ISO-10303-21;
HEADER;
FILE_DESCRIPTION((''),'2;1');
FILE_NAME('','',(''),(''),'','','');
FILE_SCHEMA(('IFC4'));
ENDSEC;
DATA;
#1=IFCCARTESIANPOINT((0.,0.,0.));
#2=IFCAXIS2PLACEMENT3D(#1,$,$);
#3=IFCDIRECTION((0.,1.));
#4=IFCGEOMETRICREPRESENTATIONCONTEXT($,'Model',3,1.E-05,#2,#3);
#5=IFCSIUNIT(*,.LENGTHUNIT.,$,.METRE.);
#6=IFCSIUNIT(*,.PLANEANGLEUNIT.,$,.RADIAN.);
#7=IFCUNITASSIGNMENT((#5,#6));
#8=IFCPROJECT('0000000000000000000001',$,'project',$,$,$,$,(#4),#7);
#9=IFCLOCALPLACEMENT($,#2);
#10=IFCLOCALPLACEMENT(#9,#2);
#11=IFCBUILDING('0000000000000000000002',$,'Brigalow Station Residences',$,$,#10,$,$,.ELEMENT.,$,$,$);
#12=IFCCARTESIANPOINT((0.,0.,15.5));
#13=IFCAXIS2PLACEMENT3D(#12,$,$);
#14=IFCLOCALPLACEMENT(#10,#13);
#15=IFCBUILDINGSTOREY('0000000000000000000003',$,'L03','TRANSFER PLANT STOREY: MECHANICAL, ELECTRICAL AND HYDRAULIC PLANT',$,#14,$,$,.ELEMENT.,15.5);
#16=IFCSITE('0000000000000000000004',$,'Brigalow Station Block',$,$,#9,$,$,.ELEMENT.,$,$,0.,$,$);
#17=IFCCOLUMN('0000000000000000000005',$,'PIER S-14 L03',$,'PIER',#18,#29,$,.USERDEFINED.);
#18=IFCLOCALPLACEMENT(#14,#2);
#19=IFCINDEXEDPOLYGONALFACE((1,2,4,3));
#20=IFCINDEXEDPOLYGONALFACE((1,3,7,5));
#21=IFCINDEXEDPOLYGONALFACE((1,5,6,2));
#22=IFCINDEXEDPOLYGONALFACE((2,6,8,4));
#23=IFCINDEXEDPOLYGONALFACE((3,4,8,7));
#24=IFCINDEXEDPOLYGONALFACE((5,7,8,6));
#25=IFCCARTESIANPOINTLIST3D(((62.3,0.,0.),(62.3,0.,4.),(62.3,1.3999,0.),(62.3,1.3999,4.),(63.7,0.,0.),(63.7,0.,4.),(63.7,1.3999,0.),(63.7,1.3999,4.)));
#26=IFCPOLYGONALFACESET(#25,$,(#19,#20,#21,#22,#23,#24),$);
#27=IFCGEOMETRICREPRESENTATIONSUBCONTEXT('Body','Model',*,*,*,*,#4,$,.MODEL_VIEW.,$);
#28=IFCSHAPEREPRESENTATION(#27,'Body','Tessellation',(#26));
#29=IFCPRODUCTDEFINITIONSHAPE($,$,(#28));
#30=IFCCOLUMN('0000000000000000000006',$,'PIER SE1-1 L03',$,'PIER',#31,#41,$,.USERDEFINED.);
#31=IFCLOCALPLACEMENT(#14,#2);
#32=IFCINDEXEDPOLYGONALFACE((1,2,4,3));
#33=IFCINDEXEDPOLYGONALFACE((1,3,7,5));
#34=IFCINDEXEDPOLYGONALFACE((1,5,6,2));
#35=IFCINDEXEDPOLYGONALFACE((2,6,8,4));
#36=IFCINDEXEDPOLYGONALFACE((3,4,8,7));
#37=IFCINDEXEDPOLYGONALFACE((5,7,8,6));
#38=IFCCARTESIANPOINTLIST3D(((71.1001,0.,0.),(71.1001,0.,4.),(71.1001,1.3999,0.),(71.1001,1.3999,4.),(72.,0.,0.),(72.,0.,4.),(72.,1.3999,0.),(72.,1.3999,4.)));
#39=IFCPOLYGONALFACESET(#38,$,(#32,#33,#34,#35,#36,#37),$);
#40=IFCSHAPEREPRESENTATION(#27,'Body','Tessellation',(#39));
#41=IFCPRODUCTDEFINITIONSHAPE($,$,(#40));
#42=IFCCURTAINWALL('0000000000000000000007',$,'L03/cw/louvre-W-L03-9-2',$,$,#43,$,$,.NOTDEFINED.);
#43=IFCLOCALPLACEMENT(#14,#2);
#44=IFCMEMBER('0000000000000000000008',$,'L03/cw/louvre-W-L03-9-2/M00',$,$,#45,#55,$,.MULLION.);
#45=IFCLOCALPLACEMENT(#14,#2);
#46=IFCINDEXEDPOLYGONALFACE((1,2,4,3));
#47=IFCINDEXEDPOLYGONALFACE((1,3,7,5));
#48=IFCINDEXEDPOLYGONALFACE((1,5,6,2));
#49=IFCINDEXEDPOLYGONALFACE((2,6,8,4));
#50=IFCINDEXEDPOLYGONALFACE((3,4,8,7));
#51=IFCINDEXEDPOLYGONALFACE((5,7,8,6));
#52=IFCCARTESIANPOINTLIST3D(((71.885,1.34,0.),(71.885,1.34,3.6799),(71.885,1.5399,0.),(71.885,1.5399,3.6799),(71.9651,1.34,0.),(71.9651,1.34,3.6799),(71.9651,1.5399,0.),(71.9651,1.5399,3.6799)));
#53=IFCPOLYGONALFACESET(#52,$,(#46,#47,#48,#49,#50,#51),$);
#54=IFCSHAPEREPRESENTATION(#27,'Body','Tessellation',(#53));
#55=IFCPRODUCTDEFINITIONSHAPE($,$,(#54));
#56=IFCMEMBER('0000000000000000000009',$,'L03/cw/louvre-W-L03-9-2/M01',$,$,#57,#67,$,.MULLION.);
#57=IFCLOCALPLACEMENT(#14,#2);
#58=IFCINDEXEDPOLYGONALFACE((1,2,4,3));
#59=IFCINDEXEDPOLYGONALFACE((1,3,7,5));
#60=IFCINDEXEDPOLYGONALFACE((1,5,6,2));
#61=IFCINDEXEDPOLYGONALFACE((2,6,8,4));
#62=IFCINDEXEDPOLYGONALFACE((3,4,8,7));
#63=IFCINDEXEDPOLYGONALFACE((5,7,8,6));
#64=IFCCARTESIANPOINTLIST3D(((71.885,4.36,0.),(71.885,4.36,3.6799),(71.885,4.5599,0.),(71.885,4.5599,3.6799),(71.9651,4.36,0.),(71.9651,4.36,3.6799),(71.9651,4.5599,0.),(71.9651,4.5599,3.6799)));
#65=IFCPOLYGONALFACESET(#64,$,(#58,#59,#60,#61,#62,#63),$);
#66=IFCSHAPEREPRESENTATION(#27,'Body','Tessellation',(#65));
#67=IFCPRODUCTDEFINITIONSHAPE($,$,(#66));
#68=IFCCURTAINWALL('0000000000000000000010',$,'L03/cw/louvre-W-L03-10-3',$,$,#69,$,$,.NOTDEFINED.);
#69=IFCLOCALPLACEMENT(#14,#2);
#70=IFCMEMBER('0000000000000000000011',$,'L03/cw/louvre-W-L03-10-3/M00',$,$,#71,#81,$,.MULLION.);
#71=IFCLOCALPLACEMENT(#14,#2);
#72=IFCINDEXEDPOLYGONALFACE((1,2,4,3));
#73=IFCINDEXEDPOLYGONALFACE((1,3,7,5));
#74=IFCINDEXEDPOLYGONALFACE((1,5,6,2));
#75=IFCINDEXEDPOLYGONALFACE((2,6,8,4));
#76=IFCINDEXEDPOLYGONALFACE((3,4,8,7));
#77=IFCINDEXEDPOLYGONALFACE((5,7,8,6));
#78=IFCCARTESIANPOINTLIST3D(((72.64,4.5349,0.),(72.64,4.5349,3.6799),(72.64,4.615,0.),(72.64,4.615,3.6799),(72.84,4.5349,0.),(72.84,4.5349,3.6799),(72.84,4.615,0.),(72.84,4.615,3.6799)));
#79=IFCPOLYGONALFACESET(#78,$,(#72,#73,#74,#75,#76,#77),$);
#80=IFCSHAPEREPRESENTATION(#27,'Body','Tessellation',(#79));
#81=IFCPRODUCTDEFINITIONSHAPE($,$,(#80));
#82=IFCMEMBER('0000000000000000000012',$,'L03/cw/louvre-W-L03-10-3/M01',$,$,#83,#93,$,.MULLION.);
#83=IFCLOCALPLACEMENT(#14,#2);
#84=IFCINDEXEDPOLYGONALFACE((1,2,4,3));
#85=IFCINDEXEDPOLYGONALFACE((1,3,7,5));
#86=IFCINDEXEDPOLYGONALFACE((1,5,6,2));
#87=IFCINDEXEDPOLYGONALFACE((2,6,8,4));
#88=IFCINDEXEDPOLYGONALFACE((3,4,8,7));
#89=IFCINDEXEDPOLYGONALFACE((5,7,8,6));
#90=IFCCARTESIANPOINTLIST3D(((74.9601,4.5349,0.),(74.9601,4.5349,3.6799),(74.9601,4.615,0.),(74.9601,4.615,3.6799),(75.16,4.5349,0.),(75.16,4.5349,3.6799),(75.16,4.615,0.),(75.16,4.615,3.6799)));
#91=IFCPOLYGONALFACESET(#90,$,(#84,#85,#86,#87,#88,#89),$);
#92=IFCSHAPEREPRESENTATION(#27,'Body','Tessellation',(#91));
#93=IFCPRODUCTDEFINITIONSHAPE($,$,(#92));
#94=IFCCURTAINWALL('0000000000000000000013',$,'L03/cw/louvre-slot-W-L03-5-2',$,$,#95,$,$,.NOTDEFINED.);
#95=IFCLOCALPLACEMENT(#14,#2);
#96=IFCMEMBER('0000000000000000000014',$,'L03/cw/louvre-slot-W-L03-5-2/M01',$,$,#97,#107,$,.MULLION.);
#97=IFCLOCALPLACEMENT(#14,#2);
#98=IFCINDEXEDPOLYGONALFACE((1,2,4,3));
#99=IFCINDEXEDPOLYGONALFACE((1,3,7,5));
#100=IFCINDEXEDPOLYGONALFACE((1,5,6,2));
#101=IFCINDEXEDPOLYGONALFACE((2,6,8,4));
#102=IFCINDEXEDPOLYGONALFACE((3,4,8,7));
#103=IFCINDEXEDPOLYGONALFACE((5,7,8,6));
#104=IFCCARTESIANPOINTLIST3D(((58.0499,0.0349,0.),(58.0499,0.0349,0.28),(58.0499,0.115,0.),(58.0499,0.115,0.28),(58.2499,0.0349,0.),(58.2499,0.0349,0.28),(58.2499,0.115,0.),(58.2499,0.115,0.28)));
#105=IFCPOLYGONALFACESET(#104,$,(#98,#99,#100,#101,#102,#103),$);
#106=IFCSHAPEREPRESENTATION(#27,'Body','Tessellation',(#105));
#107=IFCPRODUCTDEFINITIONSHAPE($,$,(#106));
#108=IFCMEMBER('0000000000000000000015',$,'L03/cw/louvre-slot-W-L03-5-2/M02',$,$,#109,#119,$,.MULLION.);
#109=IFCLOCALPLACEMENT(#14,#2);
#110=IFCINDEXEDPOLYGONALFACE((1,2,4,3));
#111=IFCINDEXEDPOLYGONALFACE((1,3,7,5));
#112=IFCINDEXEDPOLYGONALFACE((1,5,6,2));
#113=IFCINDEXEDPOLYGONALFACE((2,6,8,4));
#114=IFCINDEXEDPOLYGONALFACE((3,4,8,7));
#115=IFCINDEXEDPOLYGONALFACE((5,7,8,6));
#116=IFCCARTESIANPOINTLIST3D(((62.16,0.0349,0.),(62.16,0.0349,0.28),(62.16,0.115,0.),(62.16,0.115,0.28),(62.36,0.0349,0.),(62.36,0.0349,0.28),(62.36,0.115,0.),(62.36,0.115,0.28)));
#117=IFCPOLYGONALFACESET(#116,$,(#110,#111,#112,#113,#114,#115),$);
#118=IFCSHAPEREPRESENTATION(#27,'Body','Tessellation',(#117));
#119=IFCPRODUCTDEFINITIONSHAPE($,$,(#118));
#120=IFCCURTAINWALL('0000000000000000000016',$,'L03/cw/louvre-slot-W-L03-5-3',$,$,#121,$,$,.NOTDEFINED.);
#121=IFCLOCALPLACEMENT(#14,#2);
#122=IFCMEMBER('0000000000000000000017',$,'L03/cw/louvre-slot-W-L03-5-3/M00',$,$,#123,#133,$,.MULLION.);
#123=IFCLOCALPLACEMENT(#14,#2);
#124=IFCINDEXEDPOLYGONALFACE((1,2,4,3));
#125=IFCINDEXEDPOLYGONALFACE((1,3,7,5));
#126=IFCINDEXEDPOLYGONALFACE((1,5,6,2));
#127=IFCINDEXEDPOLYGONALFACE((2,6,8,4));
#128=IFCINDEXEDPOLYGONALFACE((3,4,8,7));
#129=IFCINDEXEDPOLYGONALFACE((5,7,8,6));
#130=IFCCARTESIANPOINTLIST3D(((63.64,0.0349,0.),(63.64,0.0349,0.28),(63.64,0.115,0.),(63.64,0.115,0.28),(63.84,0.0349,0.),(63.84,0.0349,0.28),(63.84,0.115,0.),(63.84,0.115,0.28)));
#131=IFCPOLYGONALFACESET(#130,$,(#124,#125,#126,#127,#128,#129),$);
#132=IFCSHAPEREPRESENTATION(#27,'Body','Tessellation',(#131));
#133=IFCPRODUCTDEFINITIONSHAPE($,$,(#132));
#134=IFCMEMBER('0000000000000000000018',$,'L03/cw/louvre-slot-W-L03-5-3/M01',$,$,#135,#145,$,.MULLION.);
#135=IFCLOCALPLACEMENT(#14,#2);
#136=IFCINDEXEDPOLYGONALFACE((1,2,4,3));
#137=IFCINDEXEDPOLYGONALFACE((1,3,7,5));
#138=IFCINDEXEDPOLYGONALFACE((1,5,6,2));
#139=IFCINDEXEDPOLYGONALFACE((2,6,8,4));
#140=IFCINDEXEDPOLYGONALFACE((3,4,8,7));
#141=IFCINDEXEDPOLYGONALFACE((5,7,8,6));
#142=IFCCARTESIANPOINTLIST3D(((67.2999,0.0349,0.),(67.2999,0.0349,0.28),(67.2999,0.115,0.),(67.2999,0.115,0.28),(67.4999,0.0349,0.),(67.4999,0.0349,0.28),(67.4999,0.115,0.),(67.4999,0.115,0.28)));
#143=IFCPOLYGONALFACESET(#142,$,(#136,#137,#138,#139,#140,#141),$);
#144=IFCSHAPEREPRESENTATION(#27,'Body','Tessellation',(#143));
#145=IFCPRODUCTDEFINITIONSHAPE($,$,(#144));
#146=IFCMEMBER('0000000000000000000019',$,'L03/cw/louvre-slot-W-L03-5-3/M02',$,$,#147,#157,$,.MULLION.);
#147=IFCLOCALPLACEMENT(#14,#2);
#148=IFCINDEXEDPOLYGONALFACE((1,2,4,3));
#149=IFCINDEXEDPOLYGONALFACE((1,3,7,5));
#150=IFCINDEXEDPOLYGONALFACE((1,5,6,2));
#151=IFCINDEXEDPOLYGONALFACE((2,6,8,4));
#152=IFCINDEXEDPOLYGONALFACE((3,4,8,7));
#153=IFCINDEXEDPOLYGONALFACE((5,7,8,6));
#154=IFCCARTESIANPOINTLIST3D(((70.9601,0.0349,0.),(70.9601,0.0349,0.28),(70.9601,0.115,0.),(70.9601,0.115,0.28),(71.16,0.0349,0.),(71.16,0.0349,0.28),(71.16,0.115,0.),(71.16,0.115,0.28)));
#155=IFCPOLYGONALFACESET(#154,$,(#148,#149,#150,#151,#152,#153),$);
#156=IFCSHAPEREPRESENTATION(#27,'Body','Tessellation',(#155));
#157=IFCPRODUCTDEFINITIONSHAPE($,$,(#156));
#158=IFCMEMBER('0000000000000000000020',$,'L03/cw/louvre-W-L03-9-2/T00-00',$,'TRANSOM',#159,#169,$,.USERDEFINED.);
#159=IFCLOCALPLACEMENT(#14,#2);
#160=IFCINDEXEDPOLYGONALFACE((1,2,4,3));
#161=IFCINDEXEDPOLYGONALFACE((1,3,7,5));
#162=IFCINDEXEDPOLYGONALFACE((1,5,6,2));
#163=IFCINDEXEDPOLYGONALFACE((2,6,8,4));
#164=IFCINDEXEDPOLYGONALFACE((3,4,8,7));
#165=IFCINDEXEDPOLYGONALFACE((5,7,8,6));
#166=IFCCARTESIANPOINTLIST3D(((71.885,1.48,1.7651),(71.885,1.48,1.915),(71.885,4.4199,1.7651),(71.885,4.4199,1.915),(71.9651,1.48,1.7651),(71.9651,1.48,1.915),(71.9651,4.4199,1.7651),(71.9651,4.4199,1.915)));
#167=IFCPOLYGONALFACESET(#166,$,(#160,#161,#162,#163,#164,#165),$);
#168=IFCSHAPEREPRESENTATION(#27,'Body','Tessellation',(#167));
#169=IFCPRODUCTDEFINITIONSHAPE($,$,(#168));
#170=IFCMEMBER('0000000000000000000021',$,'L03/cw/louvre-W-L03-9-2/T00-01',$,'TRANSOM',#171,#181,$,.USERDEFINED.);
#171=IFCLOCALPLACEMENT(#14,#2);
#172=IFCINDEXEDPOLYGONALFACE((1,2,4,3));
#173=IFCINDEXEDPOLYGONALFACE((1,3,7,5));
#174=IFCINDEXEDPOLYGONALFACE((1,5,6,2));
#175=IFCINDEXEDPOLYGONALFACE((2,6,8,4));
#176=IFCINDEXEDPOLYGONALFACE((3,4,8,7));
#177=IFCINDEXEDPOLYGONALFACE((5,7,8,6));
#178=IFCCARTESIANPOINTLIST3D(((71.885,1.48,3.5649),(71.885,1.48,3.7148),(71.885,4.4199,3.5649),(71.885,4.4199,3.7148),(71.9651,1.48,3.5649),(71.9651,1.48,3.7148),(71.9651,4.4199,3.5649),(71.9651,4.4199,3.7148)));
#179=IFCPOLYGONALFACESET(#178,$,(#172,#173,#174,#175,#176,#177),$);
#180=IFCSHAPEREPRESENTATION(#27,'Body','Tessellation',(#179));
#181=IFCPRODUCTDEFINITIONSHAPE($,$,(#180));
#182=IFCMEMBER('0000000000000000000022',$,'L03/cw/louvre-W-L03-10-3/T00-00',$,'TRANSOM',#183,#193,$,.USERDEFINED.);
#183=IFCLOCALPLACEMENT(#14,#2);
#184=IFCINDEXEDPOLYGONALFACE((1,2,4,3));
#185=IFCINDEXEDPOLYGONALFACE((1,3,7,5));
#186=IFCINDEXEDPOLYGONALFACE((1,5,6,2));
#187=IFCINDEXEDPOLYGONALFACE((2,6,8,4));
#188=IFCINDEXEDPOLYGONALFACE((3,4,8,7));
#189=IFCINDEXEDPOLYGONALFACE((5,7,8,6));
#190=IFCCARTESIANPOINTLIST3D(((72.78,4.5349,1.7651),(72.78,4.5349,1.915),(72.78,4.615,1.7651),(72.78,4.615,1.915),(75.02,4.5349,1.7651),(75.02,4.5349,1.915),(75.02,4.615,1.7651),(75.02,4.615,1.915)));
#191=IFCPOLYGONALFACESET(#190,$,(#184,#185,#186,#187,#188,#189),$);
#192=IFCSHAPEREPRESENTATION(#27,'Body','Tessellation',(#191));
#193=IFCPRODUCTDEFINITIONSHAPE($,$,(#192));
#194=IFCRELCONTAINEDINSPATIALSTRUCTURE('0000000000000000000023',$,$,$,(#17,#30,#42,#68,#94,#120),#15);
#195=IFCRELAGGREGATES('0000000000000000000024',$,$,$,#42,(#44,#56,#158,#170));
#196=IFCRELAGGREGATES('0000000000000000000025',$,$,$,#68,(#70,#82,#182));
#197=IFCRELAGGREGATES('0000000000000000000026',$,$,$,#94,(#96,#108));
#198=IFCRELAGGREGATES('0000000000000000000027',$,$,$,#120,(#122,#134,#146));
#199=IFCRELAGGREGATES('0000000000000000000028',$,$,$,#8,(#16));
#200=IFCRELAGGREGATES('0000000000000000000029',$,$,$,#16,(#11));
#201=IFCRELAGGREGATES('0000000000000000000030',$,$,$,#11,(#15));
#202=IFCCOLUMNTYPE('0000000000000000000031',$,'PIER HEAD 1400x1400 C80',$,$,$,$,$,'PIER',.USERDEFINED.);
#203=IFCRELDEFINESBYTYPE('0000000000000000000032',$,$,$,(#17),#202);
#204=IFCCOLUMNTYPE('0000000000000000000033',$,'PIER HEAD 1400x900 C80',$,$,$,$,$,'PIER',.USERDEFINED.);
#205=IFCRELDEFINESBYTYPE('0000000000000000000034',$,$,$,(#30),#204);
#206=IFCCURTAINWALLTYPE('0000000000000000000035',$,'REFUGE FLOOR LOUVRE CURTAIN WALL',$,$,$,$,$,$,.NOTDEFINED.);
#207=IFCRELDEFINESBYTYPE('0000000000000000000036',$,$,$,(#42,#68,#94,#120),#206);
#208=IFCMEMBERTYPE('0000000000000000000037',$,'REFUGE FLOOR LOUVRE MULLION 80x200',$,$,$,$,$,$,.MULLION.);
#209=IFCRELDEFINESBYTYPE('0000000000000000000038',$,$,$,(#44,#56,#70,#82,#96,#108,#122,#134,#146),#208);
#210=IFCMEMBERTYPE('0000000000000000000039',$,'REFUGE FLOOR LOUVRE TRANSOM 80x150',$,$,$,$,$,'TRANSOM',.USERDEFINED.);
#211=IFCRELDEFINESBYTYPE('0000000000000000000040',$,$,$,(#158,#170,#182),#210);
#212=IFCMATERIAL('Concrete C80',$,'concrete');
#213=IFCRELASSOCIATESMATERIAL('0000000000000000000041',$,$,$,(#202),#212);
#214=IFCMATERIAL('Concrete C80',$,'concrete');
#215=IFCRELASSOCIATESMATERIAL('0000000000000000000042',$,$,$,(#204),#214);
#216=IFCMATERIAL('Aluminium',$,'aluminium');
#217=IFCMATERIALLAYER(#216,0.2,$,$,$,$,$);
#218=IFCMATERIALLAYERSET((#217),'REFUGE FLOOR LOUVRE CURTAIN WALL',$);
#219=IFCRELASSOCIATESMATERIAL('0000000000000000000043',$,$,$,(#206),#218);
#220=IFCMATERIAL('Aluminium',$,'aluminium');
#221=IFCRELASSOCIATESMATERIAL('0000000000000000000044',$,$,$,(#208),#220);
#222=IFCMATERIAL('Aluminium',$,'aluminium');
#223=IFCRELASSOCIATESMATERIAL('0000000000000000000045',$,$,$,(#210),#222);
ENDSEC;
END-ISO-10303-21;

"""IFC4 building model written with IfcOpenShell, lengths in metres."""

from ifc_helpers import new_model, si_unit, direction, frame, origin, origin_2d, place, context, subcontext, project, spatial, rectangle, extrude, material, layer, layer_set, material_profile, profile_set, type_object, element, aggregate, save


model = new_model("IFC4")

# Units and contexts
model_context = context("Model", 3, precision=1e-05, world=origin(), true_north=direction((0.0, 1.0)))
body_context = subcontext(model_context, "Body", "Model", "MODEL_VIEW")
ifc_project = project(units=[si_unit("LENGTHUNIT", "METRE"), si_unit("PLANEANGLEUNIT", "RADIAN")], contexts=[model_context])

# Site, building, storey
site_placement = place(None, origin())
site = spatial("IfcSite", under=ifc_project, at=site_placement, Name="Brigalow Station Block", CompositionType="ELEMENT", RefElevation=0.0)
building_placement = place(site_placement, origin())
building = spatial("IfcBuilding", under=site, at=building_placement, Name="Brigalow Station Residences", CompositionType="ELEMENT")
storey_placement = place(building_placement, frame((0.0, 0.0, 15.5)))
storey = spatial("IfcBuildingStorey", under=building, at=storey_placement, Name="L03", Description="TRANSFER PLANT STOREY: MECHANICAL, ELECTRICAL AND HYDRAULIC PLANT", CompositionType="ELEMENT", Elevation=15.5)

# Columns
ifc_material_1 = material(Name="Concrete C80", Category="concrete")
ifc_material_profile_1 = material_profile(ifc_material_1, rectangle(XDim=1.3999, YDim=1.3999, at=origin_2d()), Name="RC1400x1400")
ifc_profile_set_1 = profile_set([ifc_material_profile_1], Name="Concrete C80")
column_type_1 = type_object("IfcColumnType", Name="PIER HEAD 1400x1400 C80", ElementType="PIER", PredefinedType="USERDEFINED", material=ifc_profile_set_1)
column_1_placement = place(storey_placement, frame((63.0, 0.7, 0.0), z_axis=(0.0, 0.0, 1.0), x_axis=(1.0, 0.0, 0.0)))
element("IfcColumn", 1, at=column_1_placement, inside=storey, type_object=column_type_1, Name="PIER S-14 L03", ObjectType="PIER", PredefinedType="USERDEFINED", context=body_context, shape_type="SweptSolid", body=[
    extrude(rectangle(XDim=1.3999, YDim=1.3999, at=origin_2d()), origin(), (0.0, 0.0, 1.0), 4.0),
])
ifc_material_2 = material(Name="Concrete C80", Category="concrete")
ifc_material_profile_2 = material_profile(ifc_material_2, rectangle(XDim=1.3999, YDim=0.8999, at=origin_2d()), Name="RC1400x900")
ifc_profile_set_2 = profile_set([ifc_material_profile_2], Name="Concrete C80")
column_type_2 = type_object("IfcColumnType", Name="PIER HEAD 1400x900 C80", ElementType="PIER", PredefinedType="USERDEFINED", material=ifc_profile_set_2)
column_2_placement = place(storey_placement, frame((71.55, 0.7, 0.0), z_axis=(0.0, 0.0, 1.0), x_axis=(0.0, 1.0, 0.0)))
element("IfcColumn", 2, at=column_2_placement, inside=storey, type_object=column_type_2, Name="PIER SE1-1 L03", ObjectType="PIER", PredefinedType="USERDEFINED", context=body_context, shape_type="SweptSolid", body=[
    extrude(rectangle(XDim=1.3999, YDim=0.8999, at=origin_2d()), origin(), (0.0, 0.0, 1.0), 4.0),
])

# Curtain walls, members
ifc_material_3 = material(Name="Aluminium", Category="aluminium")
ifc_layer_1 = layer(ifc_material_3, 0.2)
ifc_layer_set_1 = layer_set([ifc_layer_1], Name="REFUGE FLOOR LOUVRE CURTAIN WALL")
curtain_wall_type = type_object("IfcCurtainWallType", Name="REFUGE FLOOR LOUVRE CURTAIN WALL", PredefinedType="NOTDEFINED", material=ifc_layer_set_1)
curtain_wall_1_placement = place(storey_placement, origin())
curtain_wall_1 = element("IfcCurtainWall", 3, at=curtain_wall_1_placement, inside=storey, type_object=curtain_wall_type, Name="L03/cw/louvre-W-L03-9-2", PredefinedType="NOTDEFINED")
ifc_material_4 = material(Name="Aluminium", Category="aluminium")
ifc_material_profile_3 = material_profile(ifc_material_4, rectangle(XDim=0.0801, YDim=0.2, at=origin_2d()), Name="REFUGE FLOOR LOUVRE MULLION 80x200")
ifc_profile_set_3 = profile_set([ifc_material_profile_3], Name="Aluminium")
member_type_1 = type_object("IfcMemberType", Name="REFUGE FLOOR LOUVRE MULLION 80x200", PredefinedType="MULLION", material=ifc_profile_set_3)
member_1_placement = place(storey_placement, frame((71.925, 1.4399, 0.0), z_axis=(0.0, 0.0, 1.0), x_axis=(-1.0, 0.0, 0.0)))
member_1 = element("IfcMember", 4, at=member_1_placement, type_object=member_type_1, Name="L03/cw/louvre-W-L03-9-2/M00", PredefinedType="MULLION", context=body_context, shape_type="SweptSolid", body=[
    extrude(rectangle(XDim=0.0801, YDim=0.2, at=origin_2d()), origin(), (0.0, 0.0, 1.0), 3.6799),
])
member_2_placement = place(storey_placement, frame((71.925, 4.46, 0.0), z_axis=(0.0, 0.0, 1.0), x_axis=(-1.0, 0.0, 0.0)))
member_2 = element("IfcMember", 5, at=member_2_placement, type_object=member_type_1, Name="L03/cw/louvre-W-L03-9-2/M01", PredefinedType="MULLION", context=body_context, shape_type="SweptSolid", body=[
    extrude(rectangle(XDim=0.0801, YDim=0.2, at=origin_2d()), origin(), (0.0, 0.0, 1.0), 3.6799),
])
curtain_wall_2_placement = place(storey_placement, origin())
curtain_wall_2 = element("IfcCurtainWall", 6, at=curtain_wall_2_placement, inside=storey, type_object=curtain_wall_type, Name="L03/cw/louvre-W-L03-10-3", PredefinedType="NOTDEFINED")
member_3_placement = place(storey_placement, frame((72.74, 4.575, 0.0), z_axis=(0.0, 0.0, 1.0), x_axis=(0.0, 1.0, 0.0)))
member_3 = element("IfcMember", 7, at=member_3_placement, type_object=member_type_1, Name="L03/cw/louvre-W-L03-10-3/M00", PredefinedType="MULLION", context=body_context, shape_type="SweptSolid", body=[
    extrude(rectangle(XDim=0.0801, YDim=0.2, at=origin_2d()), origin(), (0.0, 0.0, 1.0), 3.6799),
])
member_4_placement = place(storey_placement, frame((75.0601, 4.575, 0.0), z_axis=(0.0, 0.0, 1.0), x_axis=(0.0, 1.0, 0.0)))
member_4 = element("IfcMember", 8, at=member_4_placement, type_object=member_type_1, Name="L03/cw/louvre-W-L03-10-3/M01", PredefinedType="MULLION", context=body_context, shape_type="SweptSolid", body=[
    extrude(rectangle(XDim=0.0801, YDim=0.2, at=origin_2d()), origin(), (0.0, 0.0, 1.0), 3.6799),
])
curtain_wall_3_placement = place(storey_placement, origin())
curtain_wall_3 = element("IfcCurtainWall", 9, at=curtain_wall_3_placement, inside=storey, type_object=curtain_wall_type, Name="L03/cw/louvre-slot-W-L03-5-2", PredefinedType="NOTDEFINED")
member_5_placement = place(storey_placement, frame((58.1499, 0.075, 0.0), z_axis=(0.0, 0.0, 1.0), x_axis=(0.0, 1.0, 0.0)))
member_5 = element("IfcMember", 10, at=member_5_placement, type_object=member_type_1, Name="L03/cw/louvre-slot-W-L03-5-2/M01", PredefinedType="MULLION", context=body_context, shape_type="SweptSolid", body=[
    extrude(rectangle(XDim=0.0801, YDim=0.2, at=origin_2d()), origin(), (0.0, 0.0, 1.0), 0.28),
])
member_6_placement = place(storey_placement, frame((62.26, 0.075, 0.0), z_axis=(0.0, 0.0, 1.0), x_axis=(0.0, 1.0, 0.0)))
member_6 = element("IfcMember", 11, at=member_6_placement, type_object=member_type_1, Name="L03/cw/louvre-slot-W-L03-5-2/M02", PredefinedType="MULLION", context=body_context, shape_type="SweptSolid", body=[
    extrude(rectangle(XDim=0.0801, YDim=0.2, at=origin_2d()), origin(), (0.0, 0.0, 1.0), 0.28),
])
curtain_wall_4_placement = place(storey_placement, origin())
curtain_wall_4 = element("IfcCurtainWall", 12, at=curtain_wall_4_placement, inside=storey, type_object=curtain_wall_type, Name="L03/cw/louvre-slot-W-L03-5-3", PredefinedType="NOTDEFINED")
member_7_placement = place(storey_placement, frame((63.74, 0.075, 0.0), z_axis=(0.0, 0.0, 1.0), x_axis=(0.0, 1.0, 0.0)))
member_7 = element("IfcMember", 13, at=member_7_placement, type_object=member_type_1, Name="L03/cw/louvre-slot-W-L03-5-3/M00", PredefinedType="MULLION", context=body_context, shape_type="SweptSolid", body=[
    extrude(rectangle(XDim=0.0801, YDim=0.2, at=origin_2d()), origin(), (0.0, 0.0, 1.0), 0.28),
])
member_8_placement = place(storey_placement, frame((67.3999, 0.075, 0.0), z_axis=(0.0, 0.0, 1.0), x_axis=(0.0, 1.0, 0.0)))
member_8 = element("IfcMember", 14, at=member_8_placement, type_object=member_type_1, Name="L03/cw/louvre-slot-W-L03-5-3/M01", PredefinedType="MULLION", context=body_context, shape_type="SweptSolid", body=[
    extrude(rectangle(XDim=0.0801, YDim=0.2, at=origin_2d()), origin(), (0.0, 0.0, 1.0), 0.28),
])
member_9_placement = place(storey_placement, frame((71.0601, 0.075, 0.0), z_axis=(0.0, 0.0, 1.0), x_axis=(0.0, 1.0, 0.0)))
member_9 = element("IfcMember", 15, at=member_9_placement, type_object=member_type_1, Name="L03/cw/louvre-slot-W-L03-5-3/M02", PredefinedType="MULLION", context=body_context, shape_type="SweptSolid", body=[
    extrude(rectangle(XDim=0.0801, YDim=0.2, at=origin_2d()), origin(), (0.0, 0.0, 1.0), 0.28),
])

# Members
ifc_material_5 = material(Name="Aluminium", Category="aluminium")
ifc_material_profile_4 = material_profile(ifc_material_5, rectangle(XDim=0.0801, YDim=0.1499, at=origin_2d()), Name="REFUGE FLOOR LOUVRE TRANSOM 80x150")
ifc_profile_set_4 = profile_set([ifc_material_profile_4], Name="Aluminium")
member_type_2 = type_object("IfcMemberType", Name="REFUGE FLOOR LOUVRE TRANSOM 80x150", ElementType="TRANSOM", PredefinedType="USERDEFINED", material=ifc_profile_set_4)
member_10_placement = place(storey_placement, frame((71.925, 1.48, 1.8401), z_axis=(0.0, 1.0, 0.0), x_axis=(-1.0, 0.0, 0.0)))
member_10 = element("IfcMember", 16, at=member_10_placement, type_object=member_type_2, Name="L03/cw/louvre-W-L03-9-2/T00-00", ObjectType="TRANSOM", PredefinedType="USERDEFINED", context=body_context, shape_type="SweptSolid", body=[
    extrude(rectangle(XDim=0.0801, YDim=0.1499, at=origin_2d()), origin(), (0.0, 0.0, 1.0), 2.9399),
])
member_11_placement = place(storey_placement, frame((71.925, 1.48, 3.6399), z_axis=(0.0, 1.0, 0.0), x_axis=(-1.0, 0.0, 0.0)))
member_11 = element("IfcMember", 17, at=member_11_placement, type_object=member_type_2, Name="L03/cw/louvre-W-L03-9-2/T00-01", ObjectType="TRANSOM", PredefinedType="USERDEFINED", context=body_context, shape_type="SweptSolid", body=[
    extrude(rectangle(XDim=0.0801, YDim=0.1499, at=origin_2d()), origin(), (0.0, 0.0, 1.0), 2.9399),
])
member_12_placement = place(storey_placement, frame((72.78, 4.575, 1.8401), z_axis=(1.0, 0.0, 0.0), x_axis=(0.0, 1.0, 0.0)))
member_12 = element("IfcMember", 18, at=member_12_placement, type_object=member_type_2, Name="L03/cw/louvre-W-L03-10-3/T00-00", ObjectType="TRANSOM", PredefinedType="USERDEFINED", context=body_context, shape_type="SweptSolid", body=[
    extrude(rectangle(XDim=0.0801, YDim=0.1499, at=origin_2d()), origin(), (0.0, 0.0, 1.0), 2.24),
])

aggregate(curtain_wall_1, [member_1, member_2, member_10, member_11])
aggregate(curtain_wall_2, [member_3, member_4, member_12])
aggregate(curtain_wall_3, [member_5, member_6])
aggregate(curtain_wall_4, [member_7, member_8, member_9])

save(model, "model.ifc")
